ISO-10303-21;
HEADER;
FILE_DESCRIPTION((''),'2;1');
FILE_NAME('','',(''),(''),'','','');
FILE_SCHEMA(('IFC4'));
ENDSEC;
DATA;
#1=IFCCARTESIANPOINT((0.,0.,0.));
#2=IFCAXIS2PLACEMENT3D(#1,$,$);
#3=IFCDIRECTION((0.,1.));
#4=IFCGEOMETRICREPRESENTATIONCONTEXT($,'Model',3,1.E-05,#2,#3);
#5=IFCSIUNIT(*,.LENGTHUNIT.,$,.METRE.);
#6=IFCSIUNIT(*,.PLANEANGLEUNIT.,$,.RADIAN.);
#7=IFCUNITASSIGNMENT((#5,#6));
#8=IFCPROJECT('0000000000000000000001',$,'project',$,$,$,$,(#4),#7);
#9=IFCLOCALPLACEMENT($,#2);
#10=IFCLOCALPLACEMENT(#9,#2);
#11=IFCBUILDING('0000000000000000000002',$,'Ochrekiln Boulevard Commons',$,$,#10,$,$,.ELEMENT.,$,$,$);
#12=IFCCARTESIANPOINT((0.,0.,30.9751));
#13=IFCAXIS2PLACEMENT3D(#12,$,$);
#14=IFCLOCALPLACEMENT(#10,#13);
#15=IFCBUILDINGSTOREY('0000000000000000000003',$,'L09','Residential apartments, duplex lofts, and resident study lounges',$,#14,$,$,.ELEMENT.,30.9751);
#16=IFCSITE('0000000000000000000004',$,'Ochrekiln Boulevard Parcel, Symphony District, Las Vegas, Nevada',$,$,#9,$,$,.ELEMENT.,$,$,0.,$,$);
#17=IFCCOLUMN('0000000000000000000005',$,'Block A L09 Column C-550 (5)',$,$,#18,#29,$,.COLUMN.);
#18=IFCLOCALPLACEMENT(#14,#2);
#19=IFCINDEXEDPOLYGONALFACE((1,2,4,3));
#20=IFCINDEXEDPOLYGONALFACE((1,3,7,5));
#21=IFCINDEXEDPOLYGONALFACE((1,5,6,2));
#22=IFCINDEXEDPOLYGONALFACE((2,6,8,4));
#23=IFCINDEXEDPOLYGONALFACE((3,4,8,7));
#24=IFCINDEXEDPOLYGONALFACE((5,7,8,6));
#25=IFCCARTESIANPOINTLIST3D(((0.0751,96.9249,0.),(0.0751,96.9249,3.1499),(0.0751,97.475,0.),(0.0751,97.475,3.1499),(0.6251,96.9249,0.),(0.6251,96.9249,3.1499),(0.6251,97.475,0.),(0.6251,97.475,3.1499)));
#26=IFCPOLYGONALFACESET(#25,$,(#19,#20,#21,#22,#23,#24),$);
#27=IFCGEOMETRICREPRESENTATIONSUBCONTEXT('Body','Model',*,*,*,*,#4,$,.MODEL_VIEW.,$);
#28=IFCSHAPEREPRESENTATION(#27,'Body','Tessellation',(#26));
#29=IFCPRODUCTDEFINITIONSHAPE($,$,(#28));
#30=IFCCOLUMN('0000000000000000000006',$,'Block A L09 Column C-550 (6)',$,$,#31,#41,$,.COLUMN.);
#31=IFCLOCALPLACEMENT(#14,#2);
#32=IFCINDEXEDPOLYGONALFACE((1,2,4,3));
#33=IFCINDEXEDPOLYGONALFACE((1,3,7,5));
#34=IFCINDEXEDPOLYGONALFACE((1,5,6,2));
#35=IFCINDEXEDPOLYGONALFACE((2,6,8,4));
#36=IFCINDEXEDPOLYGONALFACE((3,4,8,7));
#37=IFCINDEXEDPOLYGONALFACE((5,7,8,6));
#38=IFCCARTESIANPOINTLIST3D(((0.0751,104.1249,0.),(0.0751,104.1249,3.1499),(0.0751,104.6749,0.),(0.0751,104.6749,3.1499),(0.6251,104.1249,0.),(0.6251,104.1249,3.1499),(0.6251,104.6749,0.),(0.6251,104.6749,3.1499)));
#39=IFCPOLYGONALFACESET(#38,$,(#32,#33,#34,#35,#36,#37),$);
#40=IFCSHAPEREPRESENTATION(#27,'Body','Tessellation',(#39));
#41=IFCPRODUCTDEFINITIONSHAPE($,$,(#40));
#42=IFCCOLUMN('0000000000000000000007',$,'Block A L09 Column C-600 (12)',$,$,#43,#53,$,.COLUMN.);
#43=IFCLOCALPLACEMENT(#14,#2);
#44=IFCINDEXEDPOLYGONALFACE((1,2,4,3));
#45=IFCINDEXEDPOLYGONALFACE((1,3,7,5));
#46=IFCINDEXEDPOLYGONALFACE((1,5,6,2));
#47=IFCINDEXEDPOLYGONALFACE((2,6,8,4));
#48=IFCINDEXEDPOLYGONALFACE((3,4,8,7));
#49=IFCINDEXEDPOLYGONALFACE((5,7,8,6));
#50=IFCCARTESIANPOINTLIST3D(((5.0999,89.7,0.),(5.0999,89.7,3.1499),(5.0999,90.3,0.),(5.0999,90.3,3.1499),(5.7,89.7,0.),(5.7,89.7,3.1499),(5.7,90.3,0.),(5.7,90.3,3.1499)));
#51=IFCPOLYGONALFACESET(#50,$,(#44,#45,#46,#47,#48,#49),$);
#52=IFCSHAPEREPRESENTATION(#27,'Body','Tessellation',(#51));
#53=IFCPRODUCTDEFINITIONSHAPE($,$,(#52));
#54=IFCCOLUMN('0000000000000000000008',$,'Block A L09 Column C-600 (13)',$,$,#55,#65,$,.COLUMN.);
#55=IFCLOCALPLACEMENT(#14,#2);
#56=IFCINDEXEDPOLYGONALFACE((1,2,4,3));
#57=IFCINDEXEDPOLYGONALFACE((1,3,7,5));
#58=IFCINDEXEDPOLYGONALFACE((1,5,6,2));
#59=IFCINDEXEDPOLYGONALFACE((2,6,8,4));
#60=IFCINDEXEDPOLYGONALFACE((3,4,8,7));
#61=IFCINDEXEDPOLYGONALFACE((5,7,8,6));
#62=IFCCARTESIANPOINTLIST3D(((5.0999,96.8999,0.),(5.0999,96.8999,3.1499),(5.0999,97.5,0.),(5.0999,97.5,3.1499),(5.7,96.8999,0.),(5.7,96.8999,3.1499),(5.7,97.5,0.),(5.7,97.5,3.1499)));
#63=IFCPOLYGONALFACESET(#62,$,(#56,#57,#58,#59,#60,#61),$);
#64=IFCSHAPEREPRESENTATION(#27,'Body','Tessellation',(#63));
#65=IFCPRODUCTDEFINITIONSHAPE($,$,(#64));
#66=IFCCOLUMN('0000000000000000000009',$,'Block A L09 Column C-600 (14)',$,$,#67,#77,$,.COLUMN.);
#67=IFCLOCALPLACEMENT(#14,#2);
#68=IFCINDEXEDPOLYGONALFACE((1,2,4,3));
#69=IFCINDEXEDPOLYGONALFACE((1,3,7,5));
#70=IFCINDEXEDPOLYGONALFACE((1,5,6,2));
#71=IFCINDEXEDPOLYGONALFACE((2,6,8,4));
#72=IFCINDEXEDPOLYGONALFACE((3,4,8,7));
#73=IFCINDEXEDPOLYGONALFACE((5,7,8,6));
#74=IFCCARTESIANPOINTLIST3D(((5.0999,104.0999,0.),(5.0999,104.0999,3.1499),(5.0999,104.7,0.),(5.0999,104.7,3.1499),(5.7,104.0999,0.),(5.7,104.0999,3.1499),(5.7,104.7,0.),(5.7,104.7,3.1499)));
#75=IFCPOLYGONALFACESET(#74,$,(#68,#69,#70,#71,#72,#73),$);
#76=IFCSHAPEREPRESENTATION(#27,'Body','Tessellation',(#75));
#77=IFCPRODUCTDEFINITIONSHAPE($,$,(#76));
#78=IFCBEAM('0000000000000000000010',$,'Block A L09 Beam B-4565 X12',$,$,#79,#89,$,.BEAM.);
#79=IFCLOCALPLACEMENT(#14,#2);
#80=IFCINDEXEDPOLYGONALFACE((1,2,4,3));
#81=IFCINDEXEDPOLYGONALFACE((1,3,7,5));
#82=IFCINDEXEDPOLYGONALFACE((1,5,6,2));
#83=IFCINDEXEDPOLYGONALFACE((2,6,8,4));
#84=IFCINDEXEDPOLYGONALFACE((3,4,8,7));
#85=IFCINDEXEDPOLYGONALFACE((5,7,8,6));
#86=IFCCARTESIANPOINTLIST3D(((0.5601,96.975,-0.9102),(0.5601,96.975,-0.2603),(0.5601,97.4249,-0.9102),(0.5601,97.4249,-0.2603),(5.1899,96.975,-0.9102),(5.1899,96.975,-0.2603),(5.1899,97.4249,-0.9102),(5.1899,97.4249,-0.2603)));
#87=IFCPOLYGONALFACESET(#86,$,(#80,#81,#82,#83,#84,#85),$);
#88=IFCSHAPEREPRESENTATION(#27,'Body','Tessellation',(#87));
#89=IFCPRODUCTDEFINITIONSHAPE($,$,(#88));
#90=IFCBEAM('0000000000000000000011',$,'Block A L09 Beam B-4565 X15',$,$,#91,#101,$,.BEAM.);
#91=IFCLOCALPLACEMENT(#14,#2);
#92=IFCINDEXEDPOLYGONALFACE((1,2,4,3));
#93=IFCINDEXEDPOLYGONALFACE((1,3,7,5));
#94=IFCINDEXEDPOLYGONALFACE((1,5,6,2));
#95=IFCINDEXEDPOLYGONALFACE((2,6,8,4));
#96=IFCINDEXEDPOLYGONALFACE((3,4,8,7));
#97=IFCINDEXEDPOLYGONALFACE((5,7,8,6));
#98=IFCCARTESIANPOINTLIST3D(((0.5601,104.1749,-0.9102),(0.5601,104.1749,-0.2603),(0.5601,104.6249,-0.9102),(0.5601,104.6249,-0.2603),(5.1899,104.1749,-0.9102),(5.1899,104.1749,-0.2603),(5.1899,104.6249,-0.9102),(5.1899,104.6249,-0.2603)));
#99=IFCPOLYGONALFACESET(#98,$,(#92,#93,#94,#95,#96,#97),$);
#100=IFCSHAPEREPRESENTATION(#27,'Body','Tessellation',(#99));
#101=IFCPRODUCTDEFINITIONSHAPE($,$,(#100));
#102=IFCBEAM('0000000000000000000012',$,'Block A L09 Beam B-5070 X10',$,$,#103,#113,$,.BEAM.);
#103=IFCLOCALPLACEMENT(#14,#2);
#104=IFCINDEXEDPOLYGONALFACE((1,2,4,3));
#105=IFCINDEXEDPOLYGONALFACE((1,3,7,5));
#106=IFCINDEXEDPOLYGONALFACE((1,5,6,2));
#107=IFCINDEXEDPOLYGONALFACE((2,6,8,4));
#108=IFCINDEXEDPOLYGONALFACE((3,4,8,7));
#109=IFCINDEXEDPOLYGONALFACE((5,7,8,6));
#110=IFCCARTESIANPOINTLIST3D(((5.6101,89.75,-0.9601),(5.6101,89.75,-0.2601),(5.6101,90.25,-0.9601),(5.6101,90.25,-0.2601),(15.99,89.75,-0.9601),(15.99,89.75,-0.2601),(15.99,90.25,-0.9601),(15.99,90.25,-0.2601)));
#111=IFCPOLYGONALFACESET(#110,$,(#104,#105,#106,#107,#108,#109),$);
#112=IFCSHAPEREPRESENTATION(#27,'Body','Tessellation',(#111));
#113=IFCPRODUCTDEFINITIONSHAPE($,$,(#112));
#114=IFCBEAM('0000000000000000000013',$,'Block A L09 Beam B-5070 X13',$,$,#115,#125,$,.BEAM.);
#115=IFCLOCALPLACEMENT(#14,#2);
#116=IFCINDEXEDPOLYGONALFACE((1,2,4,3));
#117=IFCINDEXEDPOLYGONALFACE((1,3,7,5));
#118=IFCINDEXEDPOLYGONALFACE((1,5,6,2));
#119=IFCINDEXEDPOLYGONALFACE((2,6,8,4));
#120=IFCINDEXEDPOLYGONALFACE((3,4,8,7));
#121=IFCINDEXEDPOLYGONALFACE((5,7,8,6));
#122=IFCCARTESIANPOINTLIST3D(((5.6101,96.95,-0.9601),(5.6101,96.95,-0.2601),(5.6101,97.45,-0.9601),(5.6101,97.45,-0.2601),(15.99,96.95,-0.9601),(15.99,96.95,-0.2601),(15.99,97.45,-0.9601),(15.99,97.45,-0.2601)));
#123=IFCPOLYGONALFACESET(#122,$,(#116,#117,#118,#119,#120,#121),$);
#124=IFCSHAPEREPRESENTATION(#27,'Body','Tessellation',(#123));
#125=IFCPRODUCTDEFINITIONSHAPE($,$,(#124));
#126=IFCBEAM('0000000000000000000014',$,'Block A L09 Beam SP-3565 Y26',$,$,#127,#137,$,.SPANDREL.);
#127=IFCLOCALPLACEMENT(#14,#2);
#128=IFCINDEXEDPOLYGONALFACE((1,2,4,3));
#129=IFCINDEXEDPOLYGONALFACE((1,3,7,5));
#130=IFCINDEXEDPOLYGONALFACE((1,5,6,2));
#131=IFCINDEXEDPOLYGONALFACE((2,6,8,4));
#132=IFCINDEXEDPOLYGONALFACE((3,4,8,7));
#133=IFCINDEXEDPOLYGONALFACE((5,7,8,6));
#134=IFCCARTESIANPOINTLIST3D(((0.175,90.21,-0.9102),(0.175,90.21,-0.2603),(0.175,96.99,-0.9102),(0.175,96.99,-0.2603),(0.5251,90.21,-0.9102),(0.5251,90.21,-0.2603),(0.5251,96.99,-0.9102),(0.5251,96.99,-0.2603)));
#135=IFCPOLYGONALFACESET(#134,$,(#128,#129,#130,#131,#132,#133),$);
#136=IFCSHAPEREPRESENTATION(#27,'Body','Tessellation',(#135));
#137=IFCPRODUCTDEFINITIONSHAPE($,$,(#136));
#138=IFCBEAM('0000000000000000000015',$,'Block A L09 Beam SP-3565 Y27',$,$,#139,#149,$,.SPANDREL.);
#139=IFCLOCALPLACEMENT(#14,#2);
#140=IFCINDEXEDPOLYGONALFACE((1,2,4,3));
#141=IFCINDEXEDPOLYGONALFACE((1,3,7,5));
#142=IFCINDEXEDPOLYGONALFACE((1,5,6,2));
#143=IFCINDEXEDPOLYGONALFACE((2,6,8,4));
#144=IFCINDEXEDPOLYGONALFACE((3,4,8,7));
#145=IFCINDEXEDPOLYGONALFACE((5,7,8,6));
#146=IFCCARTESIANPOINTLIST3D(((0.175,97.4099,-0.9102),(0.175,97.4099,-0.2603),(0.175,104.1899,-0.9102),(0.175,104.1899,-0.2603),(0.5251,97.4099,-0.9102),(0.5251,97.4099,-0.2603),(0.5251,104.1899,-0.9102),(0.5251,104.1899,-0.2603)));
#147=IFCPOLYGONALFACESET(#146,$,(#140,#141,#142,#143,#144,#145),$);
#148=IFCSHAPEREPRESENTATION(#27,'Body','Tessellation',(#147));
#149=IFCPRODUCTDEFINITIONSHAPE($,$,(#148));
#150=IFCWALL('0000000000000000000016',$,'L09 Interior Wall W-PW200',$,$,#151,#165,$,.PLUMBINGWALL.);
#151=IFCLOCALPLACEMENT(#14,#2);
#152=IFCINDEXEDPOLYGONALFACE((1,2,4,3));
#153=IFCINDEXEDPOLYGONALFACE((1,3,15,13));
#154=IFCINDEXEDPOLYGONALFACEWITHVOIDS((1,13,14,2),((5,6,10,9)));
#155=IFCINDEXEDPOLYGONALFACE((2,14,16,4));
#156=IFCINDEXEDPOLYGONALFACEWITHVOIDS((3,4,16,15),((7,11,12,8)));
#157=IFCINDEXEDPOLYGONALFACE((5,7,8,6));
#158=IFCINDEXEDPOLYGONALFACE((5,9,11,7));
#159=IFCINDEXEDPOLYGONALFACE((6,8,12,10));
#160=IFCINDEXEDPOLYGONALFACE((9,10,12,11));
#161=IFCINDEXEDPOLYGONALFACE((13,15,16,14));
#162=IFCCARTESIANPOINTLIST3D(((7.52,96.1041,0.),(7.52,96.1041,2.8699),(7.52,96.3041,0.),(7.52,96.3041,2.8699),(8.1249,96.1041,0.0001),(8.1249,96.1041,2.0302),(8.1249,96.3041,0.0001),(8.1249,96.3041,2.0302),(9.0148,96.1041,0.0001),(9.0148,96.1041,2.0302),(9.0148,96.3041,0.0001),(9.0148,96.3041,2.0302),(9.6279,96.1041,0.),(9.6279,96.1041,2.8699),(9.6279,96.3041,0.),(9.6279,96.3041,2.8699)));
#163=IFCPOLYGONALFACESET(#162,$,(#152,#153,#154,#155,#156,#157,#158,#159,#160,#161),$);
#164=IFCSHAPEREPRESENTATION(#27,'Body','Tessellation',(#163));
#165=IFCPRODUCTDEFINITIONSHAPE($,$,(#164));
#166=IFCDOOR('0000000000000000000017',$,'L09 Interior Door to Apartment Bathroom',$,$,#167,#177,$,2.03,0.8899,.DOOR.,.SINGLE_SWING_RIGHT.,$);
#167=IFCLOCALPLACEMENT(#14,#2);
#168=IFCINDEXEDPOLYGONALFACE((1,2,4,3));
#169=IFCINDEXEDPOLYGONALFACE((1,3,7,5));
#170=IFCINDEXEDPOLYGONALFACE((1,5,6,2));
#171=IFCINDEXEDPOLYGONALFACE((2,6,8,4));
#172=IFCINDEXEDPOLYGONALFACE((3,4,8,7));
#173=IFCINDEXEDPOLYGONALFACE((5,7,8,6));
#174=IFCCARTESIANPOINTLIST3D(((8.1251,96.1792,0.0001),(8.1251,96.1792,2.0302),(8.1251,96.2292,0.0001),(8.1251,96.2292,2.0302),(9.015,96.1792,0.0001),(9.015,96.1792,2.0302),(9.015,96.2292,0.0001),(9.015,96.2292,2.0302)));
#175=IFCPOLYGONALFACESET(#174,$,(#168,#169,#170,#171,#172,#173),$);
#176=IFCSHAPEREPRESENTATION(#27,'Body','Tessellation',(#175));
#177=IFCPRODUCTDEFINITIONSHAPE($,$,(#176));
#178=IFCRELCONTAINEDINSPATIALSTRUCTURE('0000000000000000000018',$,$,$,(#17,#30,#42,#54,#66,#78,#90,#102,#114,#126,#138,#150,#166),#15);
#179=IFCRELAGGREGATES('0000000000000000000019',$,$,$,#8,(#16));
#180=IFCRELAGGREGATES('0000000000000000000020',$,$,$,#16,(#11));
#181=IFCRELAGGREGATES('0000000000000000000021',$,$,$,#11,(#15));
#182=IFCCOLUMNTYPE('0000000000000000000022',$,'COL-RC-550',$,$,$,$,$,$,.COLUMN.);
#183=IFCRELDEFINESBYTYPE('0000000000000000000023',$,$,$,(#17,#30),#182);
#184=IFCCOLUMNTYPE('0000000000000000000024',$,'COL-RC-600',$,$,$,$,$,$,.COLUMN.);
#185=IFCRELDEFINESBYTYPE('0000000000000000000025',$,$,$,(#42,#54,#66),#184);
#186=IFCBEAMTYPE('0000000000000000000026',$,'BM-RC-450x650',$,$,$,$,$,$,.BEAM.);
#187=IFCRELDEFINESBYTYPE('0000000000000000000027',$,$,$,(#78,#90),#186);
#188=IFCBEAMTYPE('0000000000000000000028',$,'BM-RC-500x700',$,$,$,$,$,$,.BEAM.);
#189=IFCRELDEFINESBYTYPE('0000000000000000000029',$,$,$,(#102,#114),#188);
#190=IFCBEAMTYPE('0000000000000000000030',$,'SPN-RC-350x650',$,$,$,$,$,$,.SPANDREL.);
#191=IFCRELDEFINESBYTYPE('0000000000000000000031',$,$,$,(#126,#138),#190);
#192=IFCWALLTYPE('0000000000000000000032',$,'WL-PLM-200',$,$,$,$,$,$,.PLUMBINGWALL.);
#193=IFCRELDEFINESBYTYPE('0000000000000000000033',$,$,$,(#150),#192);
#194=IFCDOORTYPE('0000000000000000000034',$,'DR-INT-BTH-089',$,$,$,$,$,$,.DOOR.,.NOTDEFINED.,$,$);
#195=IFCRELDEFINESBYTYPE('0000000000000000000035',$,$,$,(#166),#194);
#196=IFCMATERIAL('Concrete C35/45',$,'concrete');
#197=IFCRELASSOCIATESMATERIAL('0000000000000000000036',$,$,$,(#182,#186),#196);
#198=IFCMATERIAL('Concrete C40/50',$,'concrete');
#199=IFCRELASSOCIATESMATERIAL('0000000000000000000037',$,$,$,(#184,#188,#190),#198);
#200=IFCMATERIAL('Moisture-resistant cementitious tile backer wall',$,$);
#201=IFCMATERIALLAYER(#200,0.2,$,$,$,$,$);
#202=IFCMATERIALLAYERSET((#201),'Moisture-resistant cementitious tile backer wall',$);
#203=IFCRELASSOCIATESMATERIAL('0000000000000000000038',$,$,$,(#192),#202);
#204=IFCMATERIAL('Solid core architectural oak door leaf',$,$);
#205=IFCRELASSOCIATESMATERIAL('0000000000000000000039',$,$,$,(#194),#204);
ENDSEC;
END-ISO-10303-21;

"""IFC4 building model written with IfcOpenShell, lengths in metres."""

from ifc_helpers import new_model, si_unit, direction, frame, frame_2d, origin, origin_2d, place, context, subcontext, project, spatial, rectangle, extrude, material, layer, layer_set, material_profile, profile_set, type_object, element, fill, save


model = new_model("IFC4")

# Units and contexts
model_context = context("Model", 3, precision=1e-05, world=origin(), true_north=direction((0.0, 1.0)))
body_context = subcontext(model_context, "Body", "Model", "MODEL_VIEW")
ifc_project = project(units=[si_unit("LENGTHUNIT", "METRE"), si_unit("PLANEANGLEUNIT", "RADIAN")], contexts=[model_context])

# Site, building, storey
site_placement = place(None, origin())
site = spatial("IfcSite", under=ifc_project, at=site_placement, Name="Ochrekiln Boulevard Parcel, Symphony District, Las Vegas, Nevada", CompositionType="ELEMENT", RefElevation=0.0)
building_placement = place(site_placement, origin())
building = spatial("IfcBuilding", under=site, at=building_placement, Name="Ochrekiln Boulevard Commons", CompositionType="ELEMENT")
storey_placement = place(building_placement, frame((0.0, 0.0, 30.9751)))
storey = spatial("IfcBuildingStorey", under=building, at=storey_placement, Name="L09", Description="Residential apartments, duplex lofts, and resident study lounges", CompositionType="ELEMENT", Elevation=30.9751)

# Columns
ifc_material_1 = material(Name="Concrete C35/45", Category="concrete")
ifc_material_profile_1 = material_profile(ifc_material_1, rectangle(XDim=0.55, YDim=0.55, at=origin_2d()), Name="RC-COL-550x550")
ifc_profile_set_1 = profile_set([ifc_material_profile_1], Name="Concrete C35/45")
column_type_1 = type_object("IfcColumnType", Name="COL-RC-550", PredefinedType="COLUMN", material=ifc_profile_set_1)
for number, where, z_axis, x_axis, name in (
    (1, (0.3501, 97.2, 0.0), (0.0, 0.0, 1.0), (1.0, 0.0, 0.0), "Block A L09 Column C-550 (5)"),
    (2, (0.3501, 104.3999, 0.0), (0.0, 0.0, 1.0), (1.0, 0.0, 0.0), "Block A L09 Column C-550 (6)"),
):
    element("IfcColumn", number, at=place(storey_placement, frame(where, z_axis=z_axis, x_axis=x_axis)), inside=storey, type_object=column_type_1, Name=name, PredefinedType="COLUMN", context=body_context, shape_type="SweptSolid", body=[
        extrude(rectangle(XDim=0.55, YDim=0.55, at=origin_2d()), origin(), (0.0, 0.0, 1.0), 3.1499),
    ])
ifc_material_2 = material(Name="Concrete C40/50", Category="concrete")
ifc_material_profile_2 = material_profile(ifc_material_2, rectangle(XDim=0.6001, YDim=0.6001, at=origin_2d()), Name="RC-COL-600x600")
ifc_profile_set_2 = profile_set([ifc_material_profile_2], Name="Concrete C40/50")
column_type_2 = type_object("IfcColumnType", Name="COL-RC-600", PredefinedType="COLUMN", material=ifc_profile_set_2)
for number, where, z_axis, x_axis, name in (
    (3, (5.3999, 90.0, 0.0), (0.0, 0.0, 1.0), (1.0, 0.0, 0.0), "Block A L09 Column C-600 (12)"),
    (4, (5.3999, 97.2, 0.0), (0.0, 0.0, 1.0), (1.0, 0.0, 0.0), "Block A L09 Column C-600 (13)"),
    (5, (5.3999, 104.3999, 0.0), (0.0, 0.0, 1.0), (1.0, 0.0, 0.0), "Block A L09 Column C-600 (14)"),
):
    element("IfcColumn", number, at=place(storey_placement, frame(where, z_axis=z_axis, x_axis=x_axis)), inside=storey, type_object=column_type_2, Name=name, PredefinedType="COLUMN", context=body_context, shape_type="SweptSolid", body=[
        extrude(rectangle(XDim=0.6001, YDim=0.6001, at=origin_2d()), origin(), (0.0, 0.0, 1.0), 3.1499),
    ])

# Beams
ifc_material_profile_3 = material_profile(ifc_material_1, rectangle(XDim=0.45, YDim=0.6499, at=origin_2d()), Name="RC-BM-450x650")
ifc_profile_set_3 = profile_set([ifc_material_profile_3], Name="Concrete C35/45")
beam_type_1 = type_object("IfcBeamType", Name="BM-RC-450x650", PredefinedType="BEAM", material=ifc_profile_set_3)
for number, where, z_axis, x_axis, name in (
    (6, (0.5601, 97.2, -0.5852), (1.0, 0.0, 0.0), (0.0, 1.0, 0.0), "Block A L09 Beam B-4565 X12"),
    (7, (0.5601, 104.3999, -0.5852), (1.0, 0.0, 0.0), (0.0, 1.0, 0.0), "Block A L09 Beam B-4565 X15"),
):
    element("IfcBeam", number, at=place(storey_placement, frame(where, z_axis=z_axis, x_axis=x_axis)), inside=storey, type_object=beam_type_1, Name=name, PredefinedType="BEAM", context=body_context, shape_type="SweptSolid", body=[
        extrude(rectangle(XDim=0.45, YDim=0.6499, at=origin_2d()), origin(), (0.0, 0.0, 1.0), 4.6299),
    ])
ifc_material_profile_4 = material_profile(ifc_material_2, rectangle(XDim=0.5, YDim=0.7, at=origin_2d()), Name="RC-BM-500x700")
ifc_profile_set_4 = profile_set([ifc_material_profile_4], Name="Concrete C40/50")
beam_type_2 = type_object("IfcBeamType", Name="BM-RC-500x700", PredefinedType="BEAM", material=ifc_profile_set_4)
for number, where, z_axis, x_axis, name in (
    (8, (5.6101, 90.0, -0.6101), (1.0, 0.0, 0.0), (0.0, 1.0, 0.0), "Block A L09 Beam B-5070 X10"),
    (9, (5.6101, 97.2, -0.6101), (1.0, 0.0, 0.0), (0.0, 1.0, 0.0), "Block A L09 Beam B-5070 X13"),
):
    element("IfcBeam", number, at=place(storey_placement, frame(where, z_axis=z_axis, x_axis=x_axis)), inside=storey, type_object=beam_type_2, Name=name, PredefinedType="BEAM", context=body_context, shape_type="SweptSolid", body=[
        extrude(rectangle(XDim=0.5, YDim=0.7, at=origin_2d()), origin(), (0.0, 0.0, 1.0), 10.3799),
    ])
ifc_material_profile_5 = material_profile(ifc_material_2, rectangle(XDim=0.3501, YDim=0.6499, at=origin_2d()), Name="RC-SPN-350x650")
ifc_profile_set_5 = profile_set([ifc_material_profile_5], Name="Concrete C40/50")
beam_type_3 = type_object("IfcBeamType", Name="SPN-RC-350x650", PredefinedType="SPANDREL", material=ifc_profile_set_5)
for number, where, z_axis, x_axis, name in (
    (10, (0.3501, 90.21, -0.5852), (0.0, 1.0, 0.0), (-1.0, 0.0, 0.0), "Block A L09 Beam SP-3565 Y26"),
    (11, (0.3501, 97.4099, -0.5852), (0.0, 1.0, 0.0), (-1.0, 0.0, 0.0), "Block A L09 Beam SP-3565 Y27"),
):
    element("IfcBeam", number, at=place(storey_placement, frame(where, z_axis=z_axis, x_axis=x_axis)), inside=storey, type_object=beam_type_3, Name=name, PredefinedType="SPANDREL", context=body_context, shape_type="SweptSolid", body=[
        extrude(rectangle(XDim=0.3501, YDim=0.6499, at=origin_2d()), origin(), (0.0, 0.0, 1.0), 6.78),
    ])

# Wall, opening, door
ifc_material_3 = material(Name="Moisture-resistant cementitious tile backer wall")
ifc_layer_1 = layer(ifc_material_3, 0.2)
ifc_layer_set_1 = layer_set([ifc_layer_1], Name="Moisture-resistant cementitious tile backer wall")
wall_type_1 = type_object("IfcWallType", Name="WL-PLM-200", PredefinedType="PLUMBINGWALL", material=ifc_layer_set_1)
wall_1_placement = place(storey_placement, frame((7.52, 96.2041, 0.0), z_axis=(0.0, 0.0, 1.0), x_axis=(1.0, 0.0, 0.0)))
wall_1 = element("IfcWall", 12, at=wall_1_placement, inside=storey, type_object=wall_type_1, Name="L09 Interior Wall W-PW200", PredefinedType="PLUMBINGWALL", context=body_context, shape_type="SweptSolid", body=[
    extrude(rectangle(XDim=2.1079, YDim=0.2, at=frame_2d((1.054, 0.0))), origin(), (0.0, 0.0, 1.0), 2.8699),
])
opening_1_placement = place(wall_1_placement, frame((0.605, 0.0, 0.0)))
opening_1 = element("IfcOpeningElement", 13, at=opening_1_placement, cuts=wall_1, PredefinedType="OPENING", context=body_context, shape_type="SweptSolid", body=[
    extrude(rectangle(XDim=0.8899, YDim=2.03, at=frame_2d((0.4448, 1.0151))), frame((0.0, 0.1099, 0.0), z_axis=(0.0, -1.0, 0.0), x_axis=(1.0, 0.0, 0.0)), (0.0, 0.0, 1.0), 0.22),
])
ifc_material_4 = material(Name="Solid core architectural oak door leaf")
door_type_1 = type_object("IfcDoorType", Name="DR-INT-BTH-089", OperationType="NOTDEFINED", PredefinedType="DOOR", material=ifc_material_4)
door_1_placement = place(opening_1_placement, frame((0.8899, 0.0, 0.0), z_axis=(0.0, 0.0, 1.0), x_axis=(-1.0, 0.0, 0.0)))
door_1 = element("IfcDoor", 14, at=door_1_placement, inside=storey, type_object=door_type_1, Name="L09 Interior Door to Apartment Bathroom", OperationType="SINGLE_SWING_RIGHT", OverallHeight=2.03, OverallWidth=0.8899, PredefinedType="DOOR", context=body_context, shape_type="SweptSolid", body=[
    extrude(rectangle(XDim=0.8899, YDim=2.03, at=frame_2d((0.4448, 1.0151))), frame((0.0, 0.0249, 0.0), z_axis=(0.0, -1.0, 0.0), x_axis=(1.0, 0.0, 0.0)), (0.0, 0.0, 1.0), 0.05),
])
fill(opening_1, door_1)

save(model, "model.ifc")
